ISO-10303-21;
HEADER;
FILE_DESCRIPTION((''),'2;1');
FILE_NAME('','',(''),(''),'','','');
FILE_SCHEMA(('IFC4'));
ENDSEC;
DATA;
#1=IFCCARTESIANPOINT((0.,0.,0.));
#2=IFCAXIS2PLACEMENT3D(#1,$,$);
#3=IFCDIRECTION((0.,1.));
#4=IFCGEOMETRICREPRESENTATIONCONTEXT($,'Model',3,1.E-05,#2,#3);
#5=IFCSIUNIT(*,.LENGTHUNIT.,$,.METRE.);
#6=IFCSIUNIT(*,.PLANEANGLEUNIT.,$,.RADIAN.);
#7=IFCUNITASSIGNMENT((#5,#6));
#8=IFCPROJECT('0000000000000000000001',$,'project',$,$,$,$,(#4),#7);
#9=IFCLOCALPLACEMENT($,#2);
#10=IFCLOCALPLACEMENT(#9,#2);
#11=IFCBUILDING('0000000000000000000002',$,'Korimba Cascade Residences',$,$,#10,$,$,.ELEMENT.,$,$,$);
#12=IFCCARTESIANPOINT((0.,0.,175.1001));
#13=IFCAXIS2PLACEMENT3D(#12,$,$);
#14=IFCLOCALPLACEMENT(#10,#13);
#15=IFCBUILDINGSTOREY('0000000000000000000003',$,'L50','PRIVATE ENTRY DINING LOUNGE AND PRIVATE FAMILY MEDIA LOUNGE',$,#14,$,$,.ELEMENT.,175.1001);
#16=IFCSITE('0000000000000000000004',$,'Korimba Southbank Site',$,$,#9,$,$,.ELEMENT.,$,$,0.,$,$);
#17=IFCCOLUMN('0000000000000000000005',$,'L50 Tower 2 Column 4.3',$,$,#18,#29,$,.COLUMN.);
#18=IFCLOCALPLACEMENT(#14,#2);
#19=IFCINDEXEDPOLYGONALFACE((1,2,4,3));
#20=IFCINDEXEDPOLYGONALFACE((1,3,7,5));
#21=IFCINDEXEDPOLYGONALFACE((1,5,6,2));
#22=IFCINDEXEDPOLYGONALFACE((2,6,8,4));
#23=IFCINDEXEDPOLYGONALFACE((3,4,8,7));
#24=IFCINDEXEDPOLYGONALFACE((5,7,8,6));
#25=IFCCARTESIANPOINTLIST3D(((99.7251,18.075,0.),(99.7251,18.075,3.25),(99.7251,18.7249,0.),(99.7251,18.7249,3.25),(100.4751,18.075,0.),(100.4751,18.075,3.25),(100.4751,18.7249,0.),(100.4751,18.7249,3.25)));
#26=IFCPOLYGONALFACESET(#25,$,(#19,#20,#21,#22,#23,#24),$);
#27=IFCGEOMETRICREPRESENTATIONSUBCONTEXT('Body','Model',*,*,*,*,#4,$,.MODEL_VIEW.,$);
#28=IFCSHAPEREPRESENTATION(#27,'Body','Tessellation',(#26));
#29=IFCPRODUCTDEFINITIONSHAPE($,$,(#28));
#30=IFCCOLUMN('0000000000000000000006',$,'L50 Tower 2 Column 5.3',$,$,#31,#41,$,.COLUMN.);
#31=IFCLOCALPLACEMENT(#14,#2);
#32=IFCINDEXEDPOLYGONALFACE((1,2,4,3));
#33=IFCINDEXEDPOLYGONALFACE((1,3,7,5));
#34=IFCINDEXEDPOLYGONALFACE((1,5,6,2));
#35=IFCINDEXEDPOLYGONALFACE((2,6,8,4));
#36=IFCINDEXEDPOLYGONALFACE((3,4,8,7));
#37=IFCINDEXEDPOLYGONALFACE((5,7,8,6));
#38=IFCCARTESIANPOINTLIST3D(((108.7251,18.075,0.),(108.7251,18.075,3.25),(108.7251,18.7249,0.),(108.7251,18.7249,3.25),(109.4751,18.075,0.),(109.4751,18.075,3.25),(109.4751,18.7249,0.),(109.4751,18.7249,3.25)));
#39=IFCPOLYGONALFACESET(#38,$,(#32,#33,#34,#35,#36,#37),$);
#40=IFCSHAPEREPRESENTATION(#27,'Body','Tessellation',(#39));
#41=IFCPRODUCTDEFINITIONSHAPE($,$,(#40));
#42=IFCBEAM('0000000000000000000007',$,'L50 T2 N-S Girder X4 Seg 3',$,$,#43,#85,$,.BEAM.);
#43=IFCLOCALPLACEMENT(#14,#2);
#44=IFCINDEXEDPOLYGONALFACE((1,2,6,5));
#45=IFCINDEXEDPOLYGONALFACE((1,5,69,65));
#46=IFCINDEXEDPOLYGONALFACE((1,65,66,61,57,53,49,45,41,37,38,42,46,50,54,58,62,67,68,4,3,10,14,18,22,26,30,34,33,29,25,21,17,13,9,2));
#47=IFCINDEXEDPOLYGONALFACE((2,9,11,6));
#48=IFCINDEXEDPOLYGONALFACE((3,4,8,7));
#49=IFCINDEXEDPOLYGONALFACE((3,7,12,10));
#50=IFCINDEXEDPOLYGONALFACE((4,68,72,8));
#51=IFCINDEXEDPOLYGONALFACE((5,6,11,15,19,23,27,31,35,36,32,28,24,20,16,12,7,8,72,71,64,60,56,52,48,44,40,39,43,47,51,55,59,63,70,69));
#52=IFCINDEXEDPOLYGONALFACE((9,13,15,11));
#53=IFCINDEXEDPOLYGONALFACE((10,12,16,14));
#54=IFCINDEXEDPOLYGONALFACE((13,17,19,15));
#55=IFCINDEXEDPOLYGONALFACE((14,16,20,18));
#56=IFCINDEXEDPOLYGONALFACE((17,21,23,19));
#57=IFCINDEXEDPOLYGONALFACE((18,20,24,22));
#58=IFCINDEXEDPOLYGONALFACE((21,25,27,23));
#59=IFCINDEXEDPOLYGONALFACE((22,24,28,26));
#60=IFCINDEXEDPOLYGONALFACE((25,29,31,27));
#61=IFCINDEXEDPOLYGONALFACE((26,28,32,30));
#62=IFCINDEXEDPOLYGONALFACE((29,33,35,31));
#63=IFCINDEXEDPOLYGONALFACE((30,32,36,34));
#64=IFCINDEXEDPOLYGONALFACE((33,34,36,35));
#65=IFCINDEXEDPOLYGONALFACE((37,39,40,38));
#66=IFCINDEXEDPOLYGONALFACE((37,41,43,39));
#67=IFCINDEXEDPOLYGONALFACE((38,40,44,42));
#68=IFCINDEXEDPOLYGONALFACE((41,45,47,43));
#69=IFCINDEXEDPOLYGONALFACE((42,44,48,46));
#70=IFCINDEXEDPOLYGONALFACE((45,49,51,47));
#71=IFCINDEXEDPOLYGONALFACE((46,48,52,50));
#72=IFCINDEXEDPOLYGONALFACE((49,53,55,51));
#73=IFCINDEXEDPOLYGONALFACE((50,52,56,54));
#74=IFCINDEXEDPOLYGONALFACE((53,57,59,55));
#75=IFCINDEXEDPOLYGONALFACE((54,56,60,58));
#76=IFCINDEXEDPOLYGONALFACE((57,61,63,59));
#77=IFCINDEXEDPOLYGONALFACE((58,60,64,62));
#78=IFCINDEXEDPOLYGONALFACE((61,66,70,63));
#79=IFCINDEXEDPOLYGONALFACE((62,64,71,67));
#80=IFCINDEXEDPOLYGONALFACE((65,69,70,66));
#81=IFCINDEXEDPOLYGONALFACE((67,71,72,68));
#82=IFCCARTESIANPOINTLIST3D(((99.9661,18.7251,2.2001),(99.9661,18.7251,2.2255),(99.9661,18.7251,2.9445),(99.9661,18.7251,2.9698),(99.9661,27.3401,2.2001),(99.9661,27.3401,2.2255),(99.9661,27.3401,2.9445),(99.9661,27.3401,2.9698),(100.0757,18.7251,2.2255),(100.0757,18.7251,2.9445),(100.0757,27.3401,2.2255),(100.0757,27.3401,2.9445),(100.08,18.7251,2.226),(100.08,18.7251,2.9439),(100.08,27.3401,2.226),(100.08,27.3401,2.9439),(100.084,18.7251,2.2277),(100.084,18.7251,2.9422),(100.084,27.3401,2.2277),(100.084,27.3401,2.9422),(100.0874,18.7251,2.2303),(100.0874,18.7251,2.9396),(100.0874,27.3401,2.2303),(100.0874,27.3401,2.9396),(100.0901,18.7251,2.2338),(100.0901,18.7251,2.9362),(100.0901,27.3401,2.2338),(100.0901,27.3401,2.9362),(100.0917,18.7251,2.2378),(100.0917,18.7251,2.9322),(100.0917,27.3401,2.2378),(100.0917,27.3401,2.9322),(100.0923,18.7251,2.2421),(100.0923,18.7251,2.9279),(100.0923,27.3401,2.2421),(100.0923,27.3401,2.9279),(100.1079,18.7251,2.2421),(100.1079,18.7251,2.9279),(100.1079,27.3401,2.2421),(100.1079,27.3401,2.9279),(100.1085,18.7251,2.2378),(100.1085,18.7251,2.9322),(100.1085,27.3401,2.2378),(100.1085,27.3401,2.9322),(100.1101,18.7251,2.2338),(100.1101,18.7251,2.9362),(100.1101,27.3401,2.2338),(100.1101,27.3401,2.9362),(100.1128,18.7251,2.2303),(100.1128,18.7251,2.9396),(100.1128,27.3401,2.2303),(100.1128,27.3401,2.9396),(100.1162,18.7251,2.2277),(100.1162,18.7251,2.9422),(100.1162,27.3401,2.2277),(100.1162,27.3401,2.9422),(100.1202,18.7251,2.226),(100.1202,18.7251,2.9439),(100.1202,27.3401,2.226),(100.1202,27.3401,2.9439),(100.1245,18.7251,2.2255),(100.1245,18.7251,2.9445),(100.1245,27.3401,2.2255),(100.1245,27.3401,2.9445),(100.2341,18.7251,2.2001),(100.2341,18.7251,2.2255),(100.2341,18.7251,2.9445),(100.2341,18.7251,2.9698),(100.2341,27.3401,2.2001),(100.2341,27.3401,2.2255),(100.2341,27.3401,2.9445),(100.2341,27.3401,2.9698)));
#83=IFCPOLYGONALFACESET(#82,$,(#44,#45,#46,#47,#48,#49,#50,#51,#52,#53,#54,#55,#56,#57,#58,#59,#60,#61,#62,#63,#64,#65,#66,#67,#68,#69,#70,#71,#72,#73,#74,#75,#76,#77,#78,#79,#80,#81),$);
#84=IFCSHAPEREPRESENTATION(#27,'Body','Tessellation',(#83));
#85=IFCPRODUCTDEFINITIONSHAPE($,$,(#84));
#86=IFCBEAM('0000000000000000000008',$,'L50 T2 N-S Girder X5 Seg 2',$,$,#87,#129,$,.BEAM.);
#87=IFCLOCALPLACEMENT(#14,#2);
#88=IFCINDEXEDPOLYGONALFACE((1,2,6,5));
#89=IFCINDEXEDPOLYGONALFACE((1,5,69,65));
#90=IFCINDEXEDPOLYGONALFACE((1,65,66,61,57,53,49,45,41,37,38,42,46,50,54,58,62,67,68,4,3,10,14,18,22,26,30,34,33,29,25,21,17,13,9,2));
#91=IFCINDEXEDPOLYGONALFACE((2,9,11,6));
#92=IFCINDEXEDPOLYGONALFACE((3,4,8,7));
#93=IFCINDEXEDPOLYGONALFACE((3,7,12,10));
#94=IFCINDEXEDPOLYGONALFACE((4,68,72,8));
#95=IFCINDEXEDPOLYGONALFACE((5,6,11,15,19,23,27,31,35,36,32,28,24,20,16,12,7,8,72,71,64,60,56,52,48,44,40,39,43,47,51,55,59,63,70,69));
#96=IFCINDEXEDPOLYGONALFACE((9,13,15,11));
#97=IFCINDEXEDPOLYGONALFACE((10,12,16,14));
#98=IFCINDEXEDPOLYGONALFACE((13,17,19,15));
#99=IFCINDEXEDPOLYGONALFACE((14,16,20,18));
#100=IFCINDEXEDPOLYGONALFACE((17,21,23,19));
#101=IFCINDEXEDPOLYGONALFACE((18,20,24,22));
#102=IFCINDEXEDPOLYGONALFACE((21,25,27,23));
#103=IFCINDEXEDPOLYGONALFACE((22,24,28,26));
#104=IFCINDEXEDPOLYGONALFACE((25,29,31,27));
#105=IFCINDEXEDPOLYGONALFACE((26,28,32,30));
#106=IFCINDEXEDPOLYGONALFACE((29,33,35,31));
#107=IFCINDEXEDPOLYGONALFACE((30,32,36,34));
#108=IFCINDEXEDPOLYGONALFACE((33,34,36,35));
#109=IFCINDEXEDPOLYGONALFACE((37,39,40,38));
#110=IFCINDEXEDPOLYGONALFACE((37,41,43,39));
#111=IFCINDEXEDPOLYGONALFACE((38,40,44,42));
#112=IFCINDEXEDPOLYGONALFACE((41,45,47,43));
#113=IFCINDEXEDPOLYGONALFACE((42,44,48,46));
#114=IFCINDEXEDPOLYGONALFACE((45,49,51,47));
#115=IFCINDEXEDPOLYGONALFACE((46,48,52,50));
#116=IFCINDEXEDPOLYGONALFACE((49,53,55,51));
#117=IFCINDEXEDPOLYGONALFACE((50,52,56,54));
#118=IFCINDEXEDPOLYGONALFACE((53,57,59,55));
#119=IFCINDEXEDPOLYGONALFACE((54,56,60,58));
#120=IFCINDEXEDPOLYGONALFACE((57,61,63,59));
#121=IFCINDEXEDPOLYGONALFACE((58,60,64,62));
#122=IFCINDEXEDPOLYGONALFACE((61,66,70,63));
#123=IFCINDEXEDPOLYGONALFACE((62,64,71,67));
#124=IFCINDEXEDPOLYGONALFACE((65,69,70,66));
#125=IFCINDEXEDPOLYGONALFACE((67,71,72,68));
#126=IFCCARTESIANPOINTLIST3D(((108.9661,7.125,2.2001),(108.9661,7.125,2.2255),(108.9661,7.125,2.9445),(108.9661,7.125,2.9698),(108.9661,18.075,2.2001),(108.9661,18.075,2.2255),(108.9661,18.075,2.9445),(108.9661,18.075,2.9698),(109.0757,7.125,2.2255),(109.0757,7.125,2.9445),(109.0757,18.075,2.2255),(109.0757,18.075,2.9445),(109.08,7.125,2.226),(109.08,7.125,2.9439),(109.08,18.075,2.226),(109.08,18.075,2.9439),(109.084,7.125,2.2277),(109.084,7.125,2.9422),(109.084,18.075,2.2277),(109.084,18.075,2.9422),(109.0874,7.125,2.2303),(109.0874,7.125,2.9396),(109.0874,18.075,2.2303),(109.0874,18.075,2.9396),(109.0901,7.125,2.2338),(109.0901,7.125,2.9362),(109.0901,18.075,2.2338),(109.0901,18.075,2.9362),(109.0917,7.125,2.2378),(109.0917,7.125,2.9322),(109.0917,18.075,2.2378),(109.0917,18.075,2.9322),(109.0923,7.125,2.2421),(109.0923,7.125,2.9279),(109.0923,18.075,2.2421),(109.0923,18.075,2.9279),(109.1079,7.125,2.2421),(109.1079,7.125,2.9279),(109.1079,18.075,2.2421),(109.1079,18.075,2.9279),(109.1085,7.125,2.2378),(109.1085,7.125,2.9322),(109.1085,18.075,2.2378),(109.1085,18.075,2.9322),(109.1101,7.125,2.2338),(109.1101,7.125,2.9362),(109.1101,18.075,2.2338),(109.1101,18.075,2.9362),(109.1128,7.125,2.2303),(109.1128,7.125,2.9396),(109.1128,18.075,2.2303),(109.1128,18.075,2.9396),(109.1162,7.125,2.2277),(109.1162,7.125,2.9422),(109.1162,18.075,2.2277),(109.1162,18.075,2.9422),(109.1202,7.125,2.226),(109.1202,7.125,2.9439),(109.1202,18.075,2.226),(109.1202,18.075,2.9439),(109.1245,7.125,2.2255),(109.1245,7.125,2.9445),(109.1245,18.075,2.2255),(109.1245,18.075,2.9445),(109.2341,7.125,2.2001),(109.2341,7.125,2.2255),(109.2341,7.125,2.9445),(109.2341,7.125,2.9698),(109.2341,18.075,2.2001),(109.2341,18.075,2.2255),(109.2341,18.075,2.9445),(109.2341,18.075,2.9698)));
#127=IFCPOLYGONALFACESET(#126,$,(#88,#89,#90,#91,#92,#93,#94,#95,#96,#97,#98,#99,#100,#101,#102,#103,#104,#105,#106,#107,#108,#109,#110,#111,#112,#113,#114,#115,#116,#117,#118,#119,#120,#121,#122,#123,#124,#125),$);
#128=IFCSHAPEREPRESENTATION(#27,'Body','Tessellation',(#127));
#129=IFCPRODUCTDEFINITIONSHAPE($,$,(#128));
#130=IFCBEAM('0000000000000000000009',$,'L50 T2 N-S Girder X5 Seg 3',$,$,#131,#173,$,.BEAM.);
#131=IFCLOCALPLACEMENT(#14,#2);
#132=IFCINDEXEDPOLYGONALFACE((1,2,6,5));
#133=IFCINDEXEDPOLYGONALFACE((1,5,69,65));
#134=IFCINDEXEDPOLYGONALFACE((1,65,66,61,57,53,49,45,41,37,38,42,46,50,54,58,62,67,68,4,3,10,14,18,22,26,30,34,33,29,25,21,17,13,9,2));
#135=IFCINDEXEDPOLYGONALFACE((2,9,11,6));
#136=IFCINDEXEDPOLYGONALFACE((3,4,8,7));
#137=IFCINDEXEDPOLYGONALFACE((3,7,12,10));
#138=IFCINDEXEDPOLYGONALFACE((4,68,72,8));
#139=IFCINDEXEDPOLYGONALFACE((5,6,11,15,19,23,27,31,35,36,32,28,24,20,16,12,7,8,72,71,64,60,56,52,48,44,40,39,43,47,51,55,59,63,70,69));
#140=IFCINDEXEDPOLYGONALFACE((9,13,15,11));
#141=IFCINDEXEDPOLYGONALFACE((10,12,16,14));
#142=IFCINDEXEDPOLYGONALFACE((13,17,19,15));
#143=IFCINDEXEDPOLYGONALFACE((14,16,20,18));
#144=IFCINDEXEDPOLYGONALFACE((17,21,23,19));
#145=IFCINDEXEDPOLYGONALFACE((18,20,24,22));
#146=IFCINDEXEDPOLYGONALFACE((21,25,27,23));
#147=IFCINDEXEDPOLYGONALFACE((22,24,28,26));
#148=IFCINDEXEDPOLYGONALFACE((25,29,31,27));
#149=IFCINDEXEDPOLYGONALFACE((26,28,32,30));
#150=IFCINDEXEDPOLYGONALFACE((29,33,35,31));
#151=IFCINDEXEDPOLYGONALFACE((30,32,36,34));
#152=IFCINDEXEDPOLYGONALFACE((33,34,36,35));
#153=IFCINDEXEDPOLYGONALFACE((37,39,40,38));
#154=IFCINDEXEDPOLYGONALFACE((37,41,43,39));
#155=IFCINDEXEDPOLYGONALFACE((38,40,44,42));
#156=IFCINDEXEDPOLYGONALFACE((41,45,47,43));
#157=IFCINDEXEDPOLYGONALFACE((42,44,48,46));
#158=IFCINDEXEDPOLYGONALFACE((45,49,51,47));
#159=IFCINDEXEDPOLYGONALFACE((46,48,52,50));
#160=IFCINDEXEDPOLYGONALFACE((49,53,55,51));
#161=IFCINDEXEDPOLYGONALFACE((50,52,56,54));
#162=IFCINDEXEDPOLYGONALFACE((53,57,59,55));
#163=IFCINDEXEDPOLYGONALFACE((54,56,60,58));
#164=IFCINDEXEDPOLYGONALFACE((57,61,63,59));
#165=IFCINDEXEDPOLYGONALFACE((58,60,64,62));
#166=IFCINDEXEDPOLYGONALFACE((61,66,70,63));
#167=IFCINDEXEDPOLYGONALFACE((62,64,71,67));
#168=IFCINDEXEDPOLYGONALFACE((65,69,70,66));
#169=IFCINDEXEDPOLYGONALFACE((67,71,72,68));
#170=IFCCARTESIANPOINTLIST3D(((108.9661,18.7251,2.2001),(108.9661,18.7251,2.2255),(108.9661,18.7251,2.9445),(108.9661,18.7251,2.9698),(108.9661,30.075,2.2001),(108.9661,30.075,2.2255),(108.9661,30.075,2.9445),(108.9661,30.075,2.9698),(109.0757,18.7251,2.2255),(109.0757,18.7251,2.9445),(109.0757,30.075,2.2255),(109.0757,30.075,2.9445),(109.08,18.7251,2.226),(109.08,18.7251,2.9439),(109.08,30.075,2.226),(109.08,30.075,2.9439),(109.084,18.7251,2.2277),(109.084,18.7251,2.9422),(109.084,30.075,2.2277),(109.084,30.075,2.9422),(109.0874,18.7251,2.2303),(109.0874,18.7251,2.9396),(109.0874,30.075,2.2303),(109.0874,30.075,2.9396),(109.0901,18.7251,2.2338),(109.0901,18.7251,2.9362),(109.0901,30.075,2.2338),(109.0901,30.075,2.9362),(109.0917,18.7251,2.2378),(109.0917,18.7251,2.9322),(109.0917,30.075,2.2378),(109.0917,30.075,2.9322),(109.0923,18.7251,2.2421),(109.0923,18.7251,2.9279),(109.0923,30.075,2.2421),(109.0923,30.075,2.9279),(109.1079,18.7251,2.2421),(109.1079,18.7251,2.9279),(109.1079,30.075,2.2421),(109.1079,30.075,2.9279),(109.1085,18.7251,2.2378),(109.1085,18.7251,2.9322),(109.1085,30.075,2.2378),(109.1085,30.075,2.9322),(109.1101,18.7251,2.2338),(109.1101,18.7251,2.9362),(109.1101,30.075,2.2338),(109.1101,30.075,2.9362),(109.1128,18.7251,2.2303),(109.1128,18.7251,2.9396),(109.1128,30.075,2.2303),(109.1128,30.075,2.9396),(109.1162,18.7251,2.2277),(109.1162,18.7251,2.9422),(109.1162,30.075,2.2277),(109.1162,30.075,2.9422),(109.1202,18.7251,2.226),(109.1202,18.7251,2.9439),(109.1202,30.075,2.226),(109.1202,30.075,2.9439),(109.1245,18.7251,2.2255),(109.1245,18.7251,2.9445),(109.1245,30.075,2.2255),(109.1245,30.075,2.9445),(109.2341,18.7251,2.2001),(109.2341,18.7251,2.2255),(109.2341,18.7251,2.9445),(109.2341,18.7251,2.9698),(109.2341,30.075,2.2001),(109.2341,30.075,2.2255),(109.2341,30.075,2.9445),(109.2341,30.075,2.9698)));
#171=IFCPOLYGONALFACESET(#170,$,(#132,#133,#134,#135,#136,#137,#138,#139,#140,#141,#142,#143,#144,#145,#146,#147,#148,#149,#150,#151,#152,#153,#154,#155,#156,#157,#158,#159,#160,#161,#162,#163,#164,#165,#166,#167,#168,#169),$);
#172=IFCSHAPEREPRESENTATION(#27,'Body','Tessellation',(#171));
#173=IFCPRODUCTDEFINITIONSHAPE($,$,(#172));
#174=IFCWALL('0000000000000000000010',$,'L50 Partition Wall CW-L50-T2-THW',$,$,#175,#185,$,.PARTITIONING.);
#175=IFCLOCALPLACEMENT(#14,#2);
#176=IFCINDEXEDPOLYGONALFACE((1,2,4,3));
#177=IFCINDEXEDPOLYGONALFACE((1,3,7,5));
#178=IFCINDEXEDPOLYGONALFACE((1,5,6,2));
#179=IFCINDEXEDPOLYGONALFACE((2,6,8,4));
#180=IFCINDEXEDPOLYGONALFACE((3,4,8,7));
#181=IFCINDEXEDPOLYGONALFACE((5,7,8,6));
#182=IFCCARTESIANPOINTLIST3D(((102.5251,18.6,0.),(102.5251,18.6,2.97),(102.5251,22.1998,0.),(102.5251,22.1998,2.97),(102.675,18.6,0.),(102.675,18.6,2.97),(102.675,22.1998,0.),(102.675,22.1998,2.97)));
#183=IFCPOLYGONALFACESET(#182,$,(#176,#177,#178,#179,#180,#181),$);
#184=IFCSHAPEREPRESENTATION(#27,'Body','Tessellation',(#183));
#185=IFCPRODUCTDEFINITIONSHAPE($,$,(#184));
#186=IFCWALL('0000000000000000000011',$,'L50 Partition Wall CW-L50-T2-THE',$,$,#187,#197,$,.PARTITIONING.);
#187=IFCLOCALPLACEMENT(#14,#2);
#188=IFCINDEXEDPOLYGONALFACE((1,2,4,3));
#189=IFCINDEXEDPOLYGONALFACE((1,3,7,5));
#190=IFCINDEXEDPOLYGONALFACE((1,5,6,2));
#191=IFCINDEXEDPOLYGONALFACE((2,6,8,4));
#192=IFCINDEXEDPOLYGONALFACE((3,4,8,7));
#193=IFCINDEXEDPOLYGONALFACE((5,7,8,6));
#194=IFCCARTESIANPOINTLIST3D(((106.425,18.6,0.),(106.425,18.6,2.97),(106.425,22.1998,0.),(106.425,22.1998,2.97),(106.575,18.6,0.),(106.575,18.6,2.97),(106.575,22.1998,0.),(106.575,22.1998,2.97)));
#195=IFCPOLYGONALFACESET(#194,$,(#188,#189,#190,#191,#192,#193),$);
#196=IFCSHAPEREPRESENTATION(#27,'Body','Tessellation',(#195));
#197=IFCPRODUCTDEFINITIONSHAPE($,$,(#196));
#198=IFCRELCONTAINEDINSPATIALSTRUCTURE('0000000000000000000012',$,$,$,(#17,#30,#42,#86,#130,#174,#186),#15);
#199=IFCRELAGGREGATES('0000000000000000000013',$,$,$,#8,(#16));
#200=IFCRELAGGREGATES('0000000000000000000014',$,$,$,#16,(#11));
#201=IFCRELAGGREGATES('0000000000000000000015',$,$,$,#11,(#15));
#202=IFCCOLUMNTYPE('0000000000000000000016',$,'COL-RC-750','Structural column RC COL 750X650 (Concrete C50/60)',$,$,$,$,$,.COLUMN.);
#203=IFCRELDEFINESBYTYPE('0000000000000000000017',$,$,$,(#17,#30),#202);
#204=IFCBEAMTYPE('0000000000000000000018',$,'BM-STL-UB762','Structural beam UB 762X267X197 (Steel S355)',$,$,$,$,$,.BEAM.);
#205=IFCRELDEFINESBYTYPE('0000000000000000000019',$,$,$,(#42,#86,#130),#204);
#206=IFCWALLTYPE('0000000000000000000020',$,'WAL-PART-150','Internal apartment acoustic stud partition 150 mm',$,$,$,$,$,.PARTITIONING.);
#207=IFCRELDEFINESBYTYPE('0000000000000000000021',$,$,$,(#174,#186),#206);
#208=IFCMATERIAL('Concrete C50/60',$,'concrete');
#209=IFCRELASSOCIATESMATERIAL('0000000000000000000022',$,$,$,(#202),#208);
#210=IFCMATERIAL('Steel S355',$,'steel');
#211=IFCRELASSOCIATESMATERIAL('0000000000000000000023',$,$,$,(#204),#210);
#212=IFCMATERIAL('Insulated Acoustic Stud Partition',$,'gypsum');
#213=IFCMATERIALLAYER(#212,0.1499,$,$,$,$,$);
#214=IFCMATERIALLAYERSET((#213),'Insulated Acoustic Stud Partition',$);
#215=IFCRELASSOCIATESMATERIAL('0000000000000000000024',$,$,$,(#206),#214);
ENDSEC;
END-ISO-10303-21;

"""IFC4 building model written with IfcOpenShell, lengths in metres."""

from ifc_helpers import new_model, si_unit, direction, frame, frame_2d, origin, origin_2d, place, context, subcontext, project, spatial, rectangle, i_section, extrude, material, layer, layer_set, material_profile, profile_set, type_object, element, save


model = new_model("IFC4")

# Units and contexts
model_context = context("Model", 3, precision=1e-05, world=origin(), true_north=direction((0.0, 1.0)))
body_context = subcontext(model_context, "Body", "Model", "MODEL_VIEW")
ifc_project = project(units=[si_unit("LENGTHUNIT", "METRE"), si_unit("PLANEANGLEUNIT", "RADIAN")], contexts=[model_context])

# Site, building, storey
site_placement = place(None, origin())
site = spatial("IfcSite", under=ifc_project, at=site_placement, Name="Korimba Southbank Site", CompositionType="ELEMENT", RefElevation=0.0)
building_placement = place(site_placement, origin())
building = spatial("IfcBuilding", under=site, at=building_placement, Name="Korimba Cascade Residences", CompositionType="ELEMENT")
storey_placement = place(building_placement, frame((0.0, 0.0, 175.1001)))
storey = spatial("IfcBuildingStorey", under=building, at=storey_placement, Name="L50", Description="PRIVATE ENTRY DINING LOUNGE AND PRIVATE FAMILY MEDIA LOUNGE", CompositionType="ELEMENT", Elevation=175.1001)

# Columns
ifc_material_1 = material(Name="Concrete C50/60", Category="concrete")
ifc_material_profile_1 = material_profile(ifc_material_1, rectangle(XDim=0.75, YDim=0.6499, at=origin_2d()), Name="Concrete C50/60")
ifc_profile_set_1 = profile_set([ifc_material_profile_1], Name="Concrete C50/60")
column_type = type_object("IfcColumnType", Name="COL-RC-750", Description="Structural column RC COL 750X650 (Concrete C50/60)", PredefinedType="COLUMN", material=ifc_profile_set_1)
for number, where, z_axis, x_axis, name in (
    (1, (100.1001, 18.3999, 0.0), (0.0, 0.0, 1.0), (1.0, 0.0, 0.0), "L50 Tower 2 Column 4.3"),
    (2, (109.1001, 18.3999, 0.0), (0.0, 0.0, 1.0), (1.0, 0.0, 0.0), "L50 Tower 2 Column 5.3"),
):
    element("IfcColumn", number, at=place(storey_placement, frame(where, z_axis=z_axis, x_axis=x_axis)), inside=storey, type_object=column_type, Name=name, PredefinedType="COLUMN", context=body_context, shape_type="SweptSolid", body=[
        extrude(rectangle(XDim=0.75, YDim=0.6499, at=origin_2d()), origin(), (0.0, 0.0, 1.0), 3.25),
    ])

# Beams
ifc_material_2 = material(Name="Steel S355", Category="steel")
ifc_material_profile_2 = material_profile(ifc_material_2, i_section(OverallWidth=0.2681, OverallDepth=0.7698, WebThickness=0.0156, FlangeThickness=0.0254, FilletRadius=0.0166, at=origin_2d()), Name="Steel S355")
ifc_profile_set_2 = profile_set([ifc_material_profile_2], Name="Steel S355")
beam_type = type_object("IfcBeamType", Name="BM-STL-UB762", Description="Structural beam UB 762X267X197 (Steel S355)", PredefinedType="BEAM", material=ifc_profile_set_2)
beam_1_placement = place(storey_placement, frame((100.1001, 18.7251, 2.585), z_axis=(0.0, 1.0, 0.0), x_axis=(-1.0, 0.0, 0.0)))
element("IfcBeam", 3, at=beam_1_placement, inside=storey, type_object=beam_type, Name="L50 T2 N-S Girder X4 Seg 3", PredefinedType="BEAM", context=body_context, shape_type="SweptSolid", body=[
    extrude(i_section(OverallWidth=0.2681, OverallDepth=0.7698, WebThickness=0.0156, FlangeThickness=0.0254, FilletRadius=0.0166, at=origin_2d()), origin(), (0.0, 0.0, 1.0), 8.615),
])
beam_2_placement = place(storey_placement, frame((109.1001, 7.125, 2.585), z_axis=(0.0, 1.0, 0.0), x_axis=(-1.0, 0.0, 0.0)))
element("IfcBeam", 4, at=beam_2_placement, inside=storey, type_object=beam_type, Name="L50 T2 N-S Girder X5 Seg 2", PredefinedType="BEAM", context=body_context, shape_type="SweptSolid", body=[
    extrude(i_section(OverallWidth=0.2681, OverallDepth=0.7698, WebThickness=0.0156, FlangeThickness=0.0254, FilletRadius=0.0166, at=origin_2d()), origin(), (0.0, 0.0, 1.0), 10.95),
])
beam_3_placement = place(storey_placement, frame((109.1001, 18.7251, 2.585), z_axis=(0.0, 1.0, 0.0), x_axis=(-1.0, 0.0, 0.0)))
element("IfcBeam", 5, at=beam_3_placement, inside=storey, type_object=beam_type, Name="L50 T2 N-S Girder X5 Seg 3", PredefinedType="BEAM", context=body_context, shape_type="SweptSolid", body=[
    extrude(i_section(OverallWidth=0.2681, OverallDepth=0.7698, WebThickness=0.0156, FlangeThickness=0.0254, FilletRadius=0.0166, at=origin_2d()), origin(), (0.0, 0.0, 1.0), 11.3499),
])

# Walls
ifc_material_3 = material(Name="Insulated Acoustic Stud Partition", Category="gypsum")
ifc_layer_1 = layer(ifc_material_3, 0.1499)
ifc_layer_set_1 = layer_set([ifc_layer_1], Name="Insulated Acoustic Stud Partition")
wall_type_1 = type_object("IfcWallType", Name="WAL-PART-150", Description="Internal apartment acoustic stud partition 150 mm", PredefinedType="PARTITIONING", material=ifc_layer_set_1)
for number, where, z_axis, x_axis, name in (
    (6, (102.6001, 18.6001, 0.0), (0.0, 0.0, 1.0), (0.0, 1.0, 0.0), "L50 Partition Wall CW-L50-T2-THW"),
    (7, (106.5, 18.6001, 0.0), (0.0, 0.0, 1.0), (0.0, 1.0, 0.0), "L50 Partition Wall CW-L50-T2-THE"),
):
    element("IfcWall", number, at=place(storey_placement, frame(where, z_axis=z_axis, x_axis=x_axis)), inside=storey, type_object=wall_type_1, Name=name, PredefinedType="PARTITIONING", context=body_context, shape_type="SweptSolid", body=[
        extrude(rectangle(XDim=3.5999, YDim=0.1499, at=frame_2d((1.7998, 0.0))), origin(), (0.0, 0.0, 1.0), 2.97),
    ])

save(model, "model.ifc")
